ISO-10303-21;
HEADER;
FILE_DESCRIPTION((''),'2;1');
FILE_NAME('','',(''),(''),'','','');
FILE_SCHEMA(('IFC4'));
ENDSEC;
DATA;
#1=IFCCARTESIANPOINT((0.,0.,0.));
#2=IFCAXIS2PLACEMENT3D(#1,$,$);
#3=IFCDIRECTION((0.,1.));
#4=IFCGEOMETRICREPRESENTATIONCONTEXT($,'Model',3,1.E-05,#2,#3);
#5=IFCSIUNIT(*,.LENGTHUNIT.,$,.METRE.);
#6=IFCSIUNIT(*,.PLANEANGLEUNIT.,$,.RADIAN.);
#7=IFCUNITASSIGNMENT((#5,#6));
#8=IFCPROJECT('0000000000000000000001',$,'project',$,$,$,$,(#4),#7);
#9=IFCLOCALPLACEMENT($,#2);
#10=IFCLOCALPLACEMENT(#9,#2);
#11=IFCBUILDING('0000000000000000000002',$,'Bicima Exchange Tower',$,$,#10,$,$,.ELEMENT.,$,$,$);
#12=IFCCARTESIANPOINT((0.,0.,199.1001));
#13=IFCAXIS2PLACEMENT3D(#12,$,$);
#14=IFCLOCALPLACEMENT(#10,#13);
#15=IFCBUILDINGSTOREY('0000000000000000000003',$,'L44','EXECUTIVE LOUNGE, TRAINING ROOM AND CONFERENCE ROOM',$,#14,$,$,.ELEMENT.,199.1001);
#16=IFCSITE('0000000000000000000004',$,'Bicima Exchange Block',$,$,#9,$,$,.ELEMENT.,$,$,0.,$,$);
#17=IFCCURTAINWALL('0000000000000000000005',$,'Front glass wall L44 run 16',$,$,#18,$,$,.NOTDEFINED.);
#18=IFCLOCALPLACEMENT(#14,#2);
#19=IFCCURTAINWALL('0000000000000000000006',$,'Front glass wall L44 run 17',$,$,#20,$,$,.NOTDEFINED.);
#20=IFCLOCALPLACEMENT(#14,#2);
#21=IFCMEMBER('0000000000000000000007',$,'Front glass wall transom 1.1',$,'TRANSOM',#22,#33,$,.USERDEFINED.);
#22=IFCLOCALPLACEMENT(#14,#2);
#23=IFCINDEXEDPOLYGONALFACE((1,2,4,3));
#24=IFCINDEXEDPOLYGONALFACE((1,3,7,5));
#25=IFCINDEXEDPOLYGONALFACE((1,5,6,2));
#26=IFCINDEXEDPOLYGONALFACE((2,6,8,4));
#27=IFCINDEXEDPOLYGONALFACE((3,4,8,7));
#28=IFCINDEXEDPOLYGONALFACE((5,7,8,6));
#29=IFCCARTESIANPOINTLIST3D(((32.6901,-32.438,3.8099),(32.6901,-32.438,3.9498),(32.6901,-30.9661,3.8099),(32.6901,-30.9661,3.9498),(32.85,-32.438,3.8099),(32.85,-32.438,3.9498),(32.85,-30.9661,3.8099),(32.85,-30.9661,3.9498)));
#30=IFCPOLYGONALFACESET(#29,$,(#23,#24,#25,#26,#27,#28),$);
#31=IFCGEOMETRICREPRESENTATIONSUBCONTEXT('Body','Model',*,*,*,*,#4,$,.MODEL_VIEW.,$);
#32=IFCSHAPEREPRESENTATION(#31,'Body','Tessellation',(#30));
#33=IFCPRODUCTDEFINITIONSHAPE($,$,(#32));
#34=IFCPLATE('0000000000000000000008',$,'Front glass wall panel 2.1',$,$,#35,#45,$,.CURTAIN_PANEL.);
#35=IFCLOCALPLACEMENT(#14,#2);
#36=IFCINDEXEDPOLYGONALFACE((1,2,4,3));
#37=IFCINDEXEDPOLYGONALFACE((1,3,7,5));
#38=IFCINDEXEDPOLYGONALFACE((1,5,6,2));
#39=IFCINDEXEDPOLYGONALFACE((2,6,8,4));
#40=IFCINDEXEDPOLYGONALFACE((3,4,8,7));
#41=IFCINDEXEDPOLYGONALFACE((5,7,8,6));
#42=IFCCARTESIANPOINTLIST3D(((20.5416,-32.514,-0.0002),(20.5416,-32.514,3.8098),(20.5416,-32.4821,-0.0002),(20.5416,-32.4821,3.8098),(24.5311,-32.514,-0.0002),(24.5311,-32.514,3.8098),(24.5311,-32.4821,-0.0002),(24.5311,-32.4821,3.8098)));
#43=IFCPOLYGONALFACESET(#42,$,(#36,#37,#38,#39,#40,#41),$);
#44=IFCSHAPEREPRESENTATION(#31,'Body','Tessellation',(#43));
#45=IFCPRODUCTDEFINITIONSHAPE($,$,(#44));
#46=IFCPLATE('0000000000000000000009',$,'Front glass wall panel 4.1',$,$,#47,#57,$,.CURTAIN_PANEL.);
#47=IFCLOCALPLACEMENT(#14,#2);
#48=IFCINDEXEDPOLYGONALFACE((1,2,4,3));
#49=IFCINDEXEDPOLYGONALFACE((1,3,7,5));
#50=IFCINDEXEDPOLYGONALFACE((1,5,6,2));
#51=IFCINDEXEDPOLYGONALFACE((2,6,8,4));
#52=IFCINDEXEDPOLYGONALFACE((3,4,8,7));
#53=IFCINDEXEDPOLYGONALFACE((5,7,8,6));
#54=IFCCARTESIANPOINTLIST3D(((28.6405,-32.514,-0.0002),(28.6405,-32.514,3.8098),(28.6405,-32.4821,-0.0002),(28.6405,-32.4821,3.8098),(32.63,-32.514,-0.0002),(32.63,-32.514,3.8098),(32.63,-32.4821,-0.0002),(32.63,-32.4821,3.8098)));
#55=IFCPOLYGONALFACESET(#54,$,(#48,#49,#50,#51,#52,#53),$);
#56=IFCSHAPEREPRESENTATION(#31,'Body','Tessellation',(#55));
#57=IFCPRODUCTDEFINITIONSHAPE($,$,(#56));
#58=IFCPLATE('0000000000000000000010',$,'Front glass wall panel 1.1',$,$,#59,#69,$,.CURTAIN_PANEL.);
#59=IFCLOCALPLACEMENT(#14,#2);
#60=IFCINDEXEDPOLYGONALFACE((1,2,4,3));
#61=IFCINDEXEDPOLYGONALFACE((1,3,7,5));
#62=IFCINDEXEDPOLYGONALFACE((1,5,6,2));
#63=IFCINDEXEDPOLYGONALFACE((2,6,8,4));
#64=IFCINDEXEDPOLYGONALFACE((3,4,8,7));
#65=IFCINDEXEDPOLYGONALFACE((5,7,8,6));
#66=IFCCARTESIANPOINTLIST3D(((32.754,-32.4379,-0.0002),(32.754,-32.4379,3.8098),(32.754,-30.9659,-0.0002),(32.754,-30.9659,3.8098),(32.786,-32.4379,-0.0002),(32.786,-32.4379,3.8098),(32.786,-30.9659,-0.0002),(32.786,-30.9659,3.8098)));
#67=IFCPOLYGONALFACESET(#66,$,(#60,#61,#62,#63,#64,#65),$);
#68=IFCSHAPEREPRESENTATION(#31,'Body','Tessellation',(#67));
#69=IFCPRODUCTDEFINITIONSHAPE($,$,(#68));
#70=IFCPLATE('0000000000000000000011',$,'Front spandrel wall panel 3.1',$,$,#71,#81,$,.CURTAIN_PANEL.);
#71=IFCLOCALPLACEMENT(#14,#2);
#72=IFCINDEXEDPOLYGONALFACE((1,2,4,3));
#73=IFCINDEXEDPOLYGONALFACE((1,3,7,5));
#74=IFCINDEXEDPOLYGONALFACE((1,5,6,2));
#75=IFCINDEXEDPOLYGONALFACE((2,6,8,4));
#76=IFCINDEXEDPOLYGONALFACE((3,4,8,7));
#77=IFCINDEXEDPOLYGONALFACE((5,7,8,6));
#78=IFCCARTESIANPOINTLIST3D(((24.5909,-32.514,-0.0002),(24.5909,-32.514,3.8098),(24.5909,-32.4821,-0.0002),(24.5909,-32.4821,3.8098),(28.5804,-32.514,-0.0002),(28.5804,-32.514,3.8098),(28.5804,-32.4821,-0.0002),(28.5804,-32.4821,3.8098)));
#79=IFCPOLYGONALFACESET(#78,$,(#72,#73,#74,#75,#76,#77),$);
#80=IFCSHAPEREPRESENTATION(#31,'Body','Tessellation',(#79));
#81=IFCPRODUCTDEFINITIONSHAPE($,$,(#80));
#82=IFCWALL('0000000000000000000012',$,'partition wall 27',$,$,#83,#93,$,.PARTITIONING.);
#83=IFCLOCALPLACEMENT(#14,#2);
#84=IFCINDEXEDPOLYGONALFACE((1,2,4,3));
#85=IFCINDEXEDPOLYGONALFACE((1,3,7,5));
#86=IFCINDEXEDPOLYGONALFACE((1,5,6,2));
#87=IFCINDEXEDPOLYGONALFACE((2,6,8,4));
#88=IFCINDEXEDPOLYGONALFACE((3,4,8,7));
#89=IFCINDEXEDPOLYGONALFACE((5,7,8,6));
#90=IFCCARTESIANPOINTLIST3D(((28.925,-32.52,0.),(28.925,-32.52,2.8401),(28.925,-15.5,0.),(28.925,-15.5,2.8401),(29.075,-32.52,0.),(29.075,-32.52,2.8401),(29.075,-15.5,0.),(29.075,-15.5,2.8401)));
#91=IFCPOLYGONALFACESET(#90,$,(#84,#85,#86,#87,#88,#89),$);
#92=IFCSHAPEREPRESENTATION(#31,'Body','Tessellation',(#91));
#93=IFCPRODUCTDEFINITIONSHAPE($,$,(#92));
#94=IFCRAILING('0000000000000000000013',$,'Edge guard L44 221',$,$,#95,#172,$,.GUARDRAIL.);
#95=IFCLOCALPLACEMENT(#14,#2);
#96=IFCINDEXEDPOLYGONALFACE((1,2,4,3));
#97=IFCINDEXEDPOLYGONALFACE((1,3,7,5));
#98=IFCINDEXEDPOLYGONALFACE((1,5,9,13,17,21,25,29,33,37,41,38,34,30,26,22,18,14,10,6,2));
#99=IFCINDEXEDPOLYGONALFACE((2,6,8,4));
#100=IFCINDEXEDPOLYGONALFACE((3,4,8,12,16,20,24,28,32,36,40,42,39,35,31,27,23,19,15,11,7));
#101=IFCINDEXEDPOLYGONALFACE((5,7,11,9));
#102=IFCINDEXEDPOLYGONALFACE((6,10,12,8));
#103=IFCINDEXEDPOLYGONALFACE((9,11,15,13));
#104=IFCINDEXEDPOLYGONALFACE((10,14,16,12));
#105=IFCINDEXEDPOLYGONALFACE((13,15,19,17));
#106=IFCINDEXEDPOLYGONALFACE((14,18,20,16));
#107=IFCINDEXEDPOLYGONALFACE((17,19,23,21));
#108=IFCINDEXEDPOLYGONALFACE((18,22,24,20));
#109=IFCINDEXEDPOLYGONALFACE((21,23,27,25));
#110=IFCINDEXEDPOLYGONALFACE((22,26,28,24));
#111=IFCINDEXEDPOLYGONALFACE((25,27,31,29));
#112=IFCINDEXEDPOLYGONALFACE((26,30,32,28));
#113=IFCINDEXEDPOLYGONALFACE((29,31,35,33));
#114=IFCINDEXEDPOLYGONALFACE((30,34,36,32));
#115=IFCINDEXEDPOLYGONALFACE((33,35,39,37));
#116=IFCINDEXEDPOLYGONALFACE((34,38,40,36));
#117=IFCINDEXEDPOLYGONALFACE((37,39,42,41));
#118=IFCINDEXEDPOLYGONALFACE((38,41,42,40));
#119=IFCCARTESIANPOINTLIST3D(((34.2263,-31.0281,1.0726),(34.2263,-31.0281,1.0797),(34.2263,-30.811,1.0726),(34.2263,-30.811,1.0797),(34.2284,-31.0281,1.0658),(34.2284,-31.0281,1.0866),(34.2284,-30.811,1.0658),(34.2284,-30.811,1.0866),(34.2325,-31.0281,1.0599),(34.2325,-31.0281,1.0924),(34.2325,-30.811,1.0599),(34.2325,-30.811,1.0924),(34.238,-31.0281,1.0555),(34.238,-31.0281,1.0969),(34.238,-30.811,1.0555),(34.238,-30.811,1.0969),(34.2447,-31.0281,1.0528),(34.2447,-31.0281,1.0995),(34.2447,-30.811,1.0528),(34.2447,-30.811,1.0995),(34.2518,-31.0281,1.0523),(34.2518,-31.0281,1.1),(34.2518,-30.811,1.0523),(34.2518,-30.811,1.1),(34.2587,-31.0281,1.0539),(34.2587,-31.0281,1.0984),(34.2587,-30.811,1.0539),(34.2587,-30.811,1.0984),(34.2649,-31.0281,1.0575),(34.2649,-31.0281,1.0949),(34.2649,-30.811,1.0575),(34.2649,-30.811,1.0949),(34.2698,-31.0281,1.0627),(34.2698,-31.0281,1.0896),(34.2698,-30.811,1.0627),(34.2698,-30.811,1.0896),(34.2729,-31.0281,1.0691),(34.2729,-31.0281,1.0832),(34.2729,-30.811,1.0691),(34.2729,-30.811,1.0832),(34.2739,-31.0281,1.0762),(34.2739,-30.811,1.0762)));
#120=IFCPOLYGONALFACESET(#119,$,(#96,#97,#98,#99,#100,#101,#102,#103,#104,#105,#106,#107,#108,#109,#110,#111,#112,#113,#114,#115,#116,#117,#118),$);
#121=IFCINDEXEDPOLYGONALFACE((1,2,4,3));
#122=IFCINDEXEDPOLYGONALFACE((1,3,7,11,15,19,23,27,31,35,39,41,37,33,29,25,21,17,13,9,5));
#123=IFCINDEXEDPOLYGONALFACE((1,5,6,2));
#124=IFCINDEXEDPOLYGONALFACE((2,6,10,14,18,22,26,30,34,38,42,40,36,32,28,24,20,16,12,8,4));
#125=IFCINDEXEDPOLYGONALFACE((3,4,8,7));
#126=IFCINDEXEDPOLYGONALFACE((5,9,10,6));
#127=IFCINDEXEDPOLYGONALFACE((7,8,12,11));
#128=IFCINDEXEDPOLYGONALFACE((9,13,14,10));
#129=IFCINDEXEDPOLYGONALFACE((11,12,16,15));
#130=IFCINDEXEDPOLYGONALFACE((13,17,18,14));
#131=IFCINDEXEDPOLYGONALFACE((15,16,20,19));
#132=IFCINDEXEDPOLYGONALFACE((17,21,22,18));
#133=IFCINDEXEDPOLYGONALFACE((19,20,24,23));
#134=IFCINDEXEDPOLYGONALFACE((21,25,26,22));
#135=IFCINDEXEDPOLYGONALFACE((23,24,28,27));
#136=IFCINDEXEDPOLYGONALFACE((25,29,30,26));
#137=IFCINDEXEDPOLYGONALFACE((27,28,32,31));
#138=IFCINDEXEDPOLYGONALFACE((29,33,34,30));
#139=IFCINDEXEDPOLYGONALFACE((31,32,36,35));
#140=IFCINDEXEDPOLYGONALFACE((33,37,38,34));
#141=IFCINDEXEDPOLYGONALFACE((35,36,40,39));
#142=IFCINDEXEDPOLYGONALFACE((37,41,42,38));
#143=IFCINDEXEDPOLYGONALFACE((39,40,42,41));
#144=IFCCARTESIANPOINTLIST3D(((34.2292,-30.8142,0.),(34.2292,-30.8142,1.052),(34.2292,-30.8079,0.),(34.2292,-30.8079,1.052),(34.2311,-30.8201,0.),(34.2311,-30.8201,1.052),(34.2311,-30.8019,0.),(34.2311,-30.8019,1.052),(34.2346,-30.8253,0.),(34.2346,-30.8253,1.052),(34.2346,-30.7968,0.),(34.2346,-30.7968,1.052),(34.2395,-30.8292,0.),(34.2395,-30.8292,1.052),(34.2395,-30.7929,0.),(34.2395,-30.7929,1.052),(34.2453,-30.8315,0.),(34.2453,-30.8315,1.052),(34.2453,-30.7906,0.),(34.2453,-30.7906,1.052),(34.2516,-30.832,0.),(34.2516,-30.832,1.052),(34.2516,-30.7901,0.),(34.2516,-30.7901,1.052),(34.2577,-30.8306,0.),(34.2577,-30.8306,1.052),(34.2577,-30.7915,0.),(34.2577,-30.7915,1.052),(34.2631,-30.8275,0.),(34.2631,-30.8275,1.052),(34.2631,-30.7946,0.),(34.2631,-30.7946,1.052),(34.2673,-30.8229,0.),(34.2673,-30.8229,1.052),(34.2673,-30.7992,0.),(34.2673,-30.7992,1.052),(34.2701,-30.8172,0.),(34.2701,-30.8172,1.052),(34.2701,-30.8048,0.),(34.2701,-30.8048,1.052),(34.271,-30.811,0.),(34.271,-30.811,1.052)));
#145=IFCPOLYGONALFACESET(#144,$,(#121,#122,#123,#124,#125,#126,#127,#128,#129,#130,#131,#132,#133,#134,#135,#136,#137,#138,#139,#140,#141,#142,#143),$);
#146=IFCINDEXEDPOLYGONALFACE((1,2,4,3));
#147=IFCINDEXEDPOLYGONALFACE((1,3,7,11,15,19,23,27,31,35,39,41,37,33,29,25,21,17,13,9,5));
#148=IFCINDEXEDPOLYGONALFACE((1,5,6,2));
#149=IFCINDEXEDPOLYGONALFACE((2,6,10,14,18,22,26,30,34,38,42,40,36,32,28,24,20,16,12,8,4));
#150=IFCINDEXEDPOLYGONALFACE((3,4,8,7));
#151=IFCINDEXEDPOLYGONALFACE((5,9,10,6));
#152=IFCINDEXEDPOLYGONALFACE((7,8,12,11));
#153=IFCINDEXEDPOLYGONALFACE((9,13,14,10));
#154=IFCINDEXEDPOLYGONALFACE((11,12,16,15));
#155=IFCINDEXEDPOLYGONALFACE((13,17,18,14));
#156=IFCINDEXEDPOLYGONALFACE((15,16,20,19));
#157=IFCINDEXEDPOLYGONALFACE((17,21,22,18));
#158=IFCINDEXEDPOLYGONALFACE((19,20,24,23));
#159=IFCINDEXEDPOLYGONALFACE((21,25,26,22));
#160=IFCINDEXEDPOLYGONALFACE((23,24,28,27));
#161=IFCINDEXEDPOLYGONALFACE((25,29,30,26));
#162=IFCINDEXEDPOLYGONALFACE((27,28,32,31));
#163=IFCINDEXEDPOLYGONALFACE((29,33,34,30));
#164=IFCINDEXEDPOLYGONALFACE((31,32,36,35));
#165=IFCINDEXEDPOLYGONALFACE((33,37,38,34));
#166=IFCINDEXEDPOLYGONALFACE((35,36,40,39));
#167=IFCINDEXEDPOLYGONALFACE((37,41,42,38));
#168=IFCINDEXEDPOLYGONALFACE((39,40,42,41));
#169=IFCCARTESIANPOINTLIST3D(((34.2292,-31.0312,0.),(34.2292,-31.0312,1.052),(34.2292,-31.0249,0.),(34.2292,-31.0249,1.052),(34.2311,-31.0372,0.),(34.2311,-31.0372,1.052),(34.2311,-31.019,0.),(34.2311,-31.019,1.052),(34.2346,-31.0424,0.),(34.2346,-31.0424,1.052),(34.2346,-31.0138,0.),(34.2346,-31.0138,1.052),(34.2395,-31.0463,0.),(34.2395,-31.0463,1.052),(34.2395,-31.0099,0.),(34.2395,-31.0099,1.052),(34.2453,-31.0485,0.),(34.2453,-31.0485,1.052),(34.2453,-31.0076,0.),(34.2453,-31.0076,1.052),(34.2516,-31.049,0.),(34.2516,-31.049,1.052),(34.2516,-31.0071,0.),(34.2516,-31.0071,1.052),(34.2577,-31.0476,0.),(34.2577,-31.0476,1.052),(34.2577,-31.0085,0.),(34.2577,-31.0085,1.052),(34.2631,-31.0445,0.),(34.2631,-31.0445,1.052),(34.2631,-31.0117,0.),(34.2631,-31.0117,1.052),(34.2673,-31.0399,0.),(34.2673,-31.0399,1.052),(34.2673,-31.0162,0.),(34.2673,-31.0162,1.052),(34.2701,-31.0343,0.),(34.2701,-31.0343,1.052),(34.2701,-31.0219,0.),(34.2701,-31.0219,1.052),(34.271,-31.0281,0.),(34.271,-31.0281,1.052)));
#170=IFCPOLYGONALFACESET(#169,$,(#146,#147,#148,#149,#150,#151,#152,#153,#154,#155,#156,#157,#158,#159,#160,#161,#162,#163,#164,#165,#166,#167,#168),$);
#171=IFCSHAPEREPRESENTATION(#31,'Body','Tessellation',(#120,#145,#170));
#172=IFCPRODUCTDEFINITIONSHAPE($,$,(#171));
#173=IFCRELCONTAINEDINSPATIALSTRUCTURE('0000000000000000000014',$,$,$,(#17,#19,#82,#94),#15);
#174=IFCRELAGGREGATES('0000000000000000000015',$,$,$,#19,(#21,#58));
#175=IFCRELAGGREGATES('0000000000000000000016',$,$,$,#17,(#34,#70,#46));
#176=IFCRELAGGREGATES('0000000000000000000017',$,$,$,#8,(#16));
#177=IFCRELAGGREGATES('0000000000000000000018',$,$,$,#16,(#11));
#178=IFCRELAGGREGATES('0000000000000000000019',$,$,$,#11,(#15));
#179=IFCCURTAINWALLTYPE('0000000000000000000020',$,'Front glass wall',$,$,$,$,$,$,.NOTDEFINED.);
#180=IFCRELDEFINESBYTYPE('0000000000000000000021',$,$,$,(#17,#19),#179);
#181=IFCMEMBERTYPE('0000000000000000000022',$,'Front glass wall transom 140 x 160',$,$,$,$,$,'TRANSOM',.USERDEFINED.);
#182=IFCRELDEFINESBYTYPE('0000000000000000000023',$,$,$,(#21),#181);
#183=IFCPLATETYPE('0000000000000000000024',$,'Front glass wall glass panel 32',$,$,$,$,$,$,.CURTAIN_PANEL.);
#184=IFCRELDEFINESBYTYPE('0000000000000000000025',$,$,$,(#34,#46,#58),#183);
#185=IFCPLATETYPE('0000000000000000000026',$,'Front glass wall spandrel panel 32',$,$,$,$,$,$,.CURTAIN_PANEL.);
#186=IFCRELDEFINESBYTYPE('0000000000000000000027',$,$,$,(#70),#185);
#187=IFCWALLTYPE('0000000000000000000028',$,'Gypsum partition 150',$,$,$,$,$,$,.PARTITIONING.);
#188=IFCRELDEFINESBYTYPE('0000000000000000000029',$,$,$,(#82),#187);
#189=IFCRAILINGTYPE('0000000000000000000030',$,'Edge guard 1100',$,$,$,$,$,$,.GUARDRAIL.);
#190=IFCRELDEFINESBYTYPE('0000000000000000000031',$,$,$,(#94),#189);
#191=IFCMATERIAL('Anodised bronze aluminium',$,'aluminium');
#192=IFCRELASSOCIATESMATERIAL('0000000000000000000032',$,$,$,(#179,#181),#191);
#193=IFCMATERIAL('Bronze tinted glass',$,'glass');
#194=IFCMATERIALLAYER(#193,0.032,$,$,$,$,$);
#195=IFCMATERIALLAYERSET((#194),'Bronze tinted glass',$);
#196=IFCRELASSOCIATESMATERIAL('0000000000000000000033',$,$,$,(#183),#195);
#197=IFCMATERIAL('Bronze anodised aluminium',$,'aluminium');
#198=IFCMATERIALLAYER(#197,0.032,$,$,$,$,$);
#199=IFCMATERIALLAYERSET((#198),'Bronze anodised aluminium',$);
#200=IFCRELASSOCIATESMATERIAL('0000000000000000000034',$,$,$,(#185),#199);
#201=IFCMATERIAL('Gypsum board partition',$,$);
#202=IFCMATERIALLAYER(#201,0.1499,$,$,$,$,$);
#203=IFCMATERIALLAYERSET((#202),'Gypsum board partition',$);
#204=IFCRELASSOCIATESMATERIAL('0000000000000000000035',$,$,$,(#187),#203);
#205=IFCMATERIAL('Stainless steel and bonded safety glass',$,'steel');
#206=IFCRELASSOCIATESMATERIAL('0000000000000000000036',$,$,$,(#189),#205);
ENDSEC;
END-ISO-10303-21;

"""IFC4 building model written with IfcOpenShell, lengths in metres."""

from ifc_helpers import new_model, si_unit, direction, frame, frame_2d, origin, origin_2d, place, context, subcontext, project, spatial, rectangle, circle, extrude, material, layer, layer_set, material_profile, profile_set, type_object, element, aggregate, save


model = new_model("IFC4")

# Units and contexts
model_context = context("Model", 3, precision=1e-05, world=origin(), true_north=direction((0.0, 1.0)))
body_context = subcontext(model_context, "Body", "Model", "MODEL_VIEW")
ifc_project = project(units=[si_unit("LENGTHUNIT", "METRE"), si_unit("PLANEANGLEUNIT", "RADIAN")], contexts=[model_context])

# Site, building, storey
site_placement = place(None, origin())
site = spatial("IfcSite", under=ifc_project, at=site_placement, Name="Bicima Exchange Block", CompositionType="ELEMENT", RefElevation=0.0)
building_placement = place(site_placement, origin())
building = spatial("IfcBuilding", under=site, at=building_placement, Name="Bicima Exchange Tower", CompositionType="ELEMENT")
storey_placement = place(building_placement, frame((0.0, 0.0, 199.1001)))
storey = spatial("IfcBuildingStorey", under=building, at=storey_placement, Name="L44", Description="EXECUTIVE LOUNGE, TRAINING ROOM AND CONFERENCE ROOM", CompositionType="ELEMENT", Elevation=199.1001)

# Curtain walls
ifc_material_1 = material(Name="Anodised bronze aluminium", Category="aluminium")
curtain_wall_type = type_object("IfcCurtainWallType", Name="Front glass wall", PredefinedType="NOTDEFINED", material=ifc_material_1)
curtain_wall_1_placement = place(storey_placement, origin())
curtain_wall_1 = element("IfcCurtainWall", 1, at=curtain_wall_1_placement, inside=storey, type_object=curtain_wall_type, Name="Front glass wall L44 run 16", PredefinedType="NOTDEFINED")
curtain_wall_2_placement = place(storey_placement, origin())
curtain_wall_2 = element("IfcCurtainWall", 2, at=curtain_wall_2_placement, inside=storey, type_object=curtain_wall_type, Name="Front glass wall L44 run 17", PredefinedType="NOTDEFINED")

# Member
ifc_material_profile_1 = material_profile(ifc_material_1, rectangle(XDim=0.1599, YDim=0.1399, at=origin_2d()))
ifc_profile_set_1 = profile_set([ifc_material_profile_1], Name="Anodised bronze aluminium")
member_type_1 = type_object("IfcMemberType", Name="Front glass wall transom 140 x 160", ElementType="TRANSOM", PredefinedType="USERDEFINED", material=ifc_profile_set_1)
member_1_placement = place(storey_placement, frame((32.77, -32.438, 3.8799), z_axis=(0.0, 1.0, 0.0), x_axis=(-1.0, 0.0, 0.0)))
member_1 = element("IfcMember", 3, at=member_1_placement, type_object=member_type_1, Name="Front glass wall transom 1.1", ObjectType="TRANSOM", PredefinedType="USERDEFINED", context=body_context, shape_type="SweptSolid", body=[
    extrude(rectangle(XDim=0.1599, YDim=0.1399, at=origin_2d()), origin(), (0.0, 0.0, 1.0), 1.4719),
])

# Plates
ifc_material_2 = material(Name="Bronze tinted glass", Category="glass")
ifc_layer_1 = layer(ifc_material_2, 0.032)
ifc_layer_set_1 = layer_set([ifc_layer_1], Name="Bronze tinted glass")
plate_type_1 = type_object("IfcPlateType", Name="Front glass wall glass panel 32", PredefinedType="CURTAIN_PANEL", material=ifc_layer_set_1)
plate_1_placement = place(storey_placement, frame((22.5364, -32.498, -0.0002), z_axis=(0.0, 0.0, 1.0), x_axis=(1.0, 0.0, 0.0)))
plate_1 = element("IfcPlate", 4, at=plate_1_placement, type_object=plate_type_1, Name="Front glass wall panel 2.1", PredefinedType="CURTAIN_PANEL", context=body_context, shape_type="SweptSolid", body=[
    extrude(rectangle(XDim=3.9895, YDim=0.032, at=origin_2d()), origin(), (0.0, 0.0, 1.0), 3.8101),
])
plate_2_placement = place(storey_placement, frame((30.6353, -32.498, -0.0002), z_axis=(0.0, 0.0, 1.0), x_axis=(1.0, 0.0, 0.0)))
plate_2 = element("IfcPlate", 5, at=plate_2_placement, type_object=plate_type_1, Name="Front glass wall panel 4.1", PredefinedType="CURTAIN_PANEL", context=body_context, shape_type="SweptSolid", body=[
    extrude(rectangle(XDim=3.9895, YDim=0.032, at=origin_2d()), origin(), (0.0, 0.0, 1.0), 3.8101),
])
plate_3_placement = place(storey_placement, frame((32.77, -31.7019, -0.0002), z_axis=(0.0, 0.0, 1.0), x_axis=(0.0, 1.0, 0.0)))
plate_3 = element("IfcPlate", 6, at=plate_3_placement, type_object=plate_type_1, Name="Front glass wall panel 1.1", PredefinedType="CURTAIN_PANEL", context=body_context, shape_type="SweptSolid", body=[
    extrude(rectangle(XDim=1.4719, YDim=0.032, at=origin_2d()), origin(), (0.0, 0.0, 1.0), 3.8101),
])
aggregate(curtain_wall_2, [member_1, plate_3])
ifc_material_3 = material(Name="Bronze anodised aluminium", Category="aluminium")
ifc_layer_2 = layer(ifc_material_3, 0.032)
ifc_layer_set_2 = layer_set([ifc_layer_2], Name="Bronze anodised aluminium")
plate_type_2 = type_object("IfcPlateType", Name="Front glass wall spandrel panel 32", PredefinedType="CURTAIN_PANEL", material=ifc_layer_set_2)
plate_4_placement = place(storey_placement, frame((26.5857, -32.498, -0.0002), z_axis=(0.0, 0.0, 1.0), x_axis=(1.0, 0.0, 0.0)))
plate_4 = element("IfcPlate", 7, at=plate_4_placement, type_object=plate_type_2, Name="Front spandrel wall panel 3.1", PredefinedType="CURTAIN_PANEL", context=body_context, shape_type="SweptSolid", body=[
    extrude(rectangle(XDim=3.9895, YDim=0.032, at=origin_2d()), origin(), (0.0, 0.0, 1.0), 3.8101),
])
aggregate(curtain_wall_1, [plate_1, plate_4, plate_2])

# Wall
ifc_material_4 = material(Name="Gypsum board partition")
ifc_layer_3 = layer(ifc_material_4, 0.1499)
ifc_layer_set_3 = layer_set([ifc_layer_3], Name="Gypsum board partition")
wall_type = type_object("IfcWallType", Name="Gypsum partition 150", PredefinedType="PARTITIONING", material=ifc_layer_set_3)
wall_placement = place(storey_placement, frame((29.0, -32.52, 0.0), z_axis=(0.0, 0.0, 1.0), x_axis=(0.0, 1.0, 0.0)))
element("IfcWall", 8, at=wall_placement, inside=storey, type_object=wall_type, Name="partition wall 27", PredefinedType="PARTITIONING", context=body_context, shape_type="SweptSolid", body=[
    extrude(rectangle(XDim=17.02, YDim=0.1499, at=frame_2d((8.51, 0.0))), origin(), (0.0, 0.0, 1.0), 2.8401),
])

# Railing
ifc_material_5 = material(Name="Stainless steel and bonded safety glass", Category="steel")
railing_type = type_object("IfcRailingType", Name="Edge guard 1100", PredefinedType="GUARDRAIL", material=ifc_material_5)
railing_1_placement = place(storey_placement, frame((34.25, -30.811, 0.0)))
element("IfcRailing", 9, at=railing_1_placement, inside=storey, type_object=railing_type, Name="Edge guard L44 221", PredefinedType="GUARDRAIL", context=body_context, shape_type="SweptSolid", body=[
    extrude(circle(Radius=0.0239, at=origin_2d()), frame((0.0, 0.0, 1.0762), z_axis=(0.0, -1.0, 0.0), x_axis=(1.0, 0.0, 0.0)), (0.0, 0.0, 1.0), 0.217),
    extrude(circle(Radius=0.021, at=origin_2d()), origin(), (0.0, 0.0, 1.0), 1.052),
    extrude(circle(Radius=0.021, at=origin_2d()), frame((0.0, -0.217, 0.0)), (0.0, 0.0, 1.0), 1.052),
])

save(model, "model.ifc")
